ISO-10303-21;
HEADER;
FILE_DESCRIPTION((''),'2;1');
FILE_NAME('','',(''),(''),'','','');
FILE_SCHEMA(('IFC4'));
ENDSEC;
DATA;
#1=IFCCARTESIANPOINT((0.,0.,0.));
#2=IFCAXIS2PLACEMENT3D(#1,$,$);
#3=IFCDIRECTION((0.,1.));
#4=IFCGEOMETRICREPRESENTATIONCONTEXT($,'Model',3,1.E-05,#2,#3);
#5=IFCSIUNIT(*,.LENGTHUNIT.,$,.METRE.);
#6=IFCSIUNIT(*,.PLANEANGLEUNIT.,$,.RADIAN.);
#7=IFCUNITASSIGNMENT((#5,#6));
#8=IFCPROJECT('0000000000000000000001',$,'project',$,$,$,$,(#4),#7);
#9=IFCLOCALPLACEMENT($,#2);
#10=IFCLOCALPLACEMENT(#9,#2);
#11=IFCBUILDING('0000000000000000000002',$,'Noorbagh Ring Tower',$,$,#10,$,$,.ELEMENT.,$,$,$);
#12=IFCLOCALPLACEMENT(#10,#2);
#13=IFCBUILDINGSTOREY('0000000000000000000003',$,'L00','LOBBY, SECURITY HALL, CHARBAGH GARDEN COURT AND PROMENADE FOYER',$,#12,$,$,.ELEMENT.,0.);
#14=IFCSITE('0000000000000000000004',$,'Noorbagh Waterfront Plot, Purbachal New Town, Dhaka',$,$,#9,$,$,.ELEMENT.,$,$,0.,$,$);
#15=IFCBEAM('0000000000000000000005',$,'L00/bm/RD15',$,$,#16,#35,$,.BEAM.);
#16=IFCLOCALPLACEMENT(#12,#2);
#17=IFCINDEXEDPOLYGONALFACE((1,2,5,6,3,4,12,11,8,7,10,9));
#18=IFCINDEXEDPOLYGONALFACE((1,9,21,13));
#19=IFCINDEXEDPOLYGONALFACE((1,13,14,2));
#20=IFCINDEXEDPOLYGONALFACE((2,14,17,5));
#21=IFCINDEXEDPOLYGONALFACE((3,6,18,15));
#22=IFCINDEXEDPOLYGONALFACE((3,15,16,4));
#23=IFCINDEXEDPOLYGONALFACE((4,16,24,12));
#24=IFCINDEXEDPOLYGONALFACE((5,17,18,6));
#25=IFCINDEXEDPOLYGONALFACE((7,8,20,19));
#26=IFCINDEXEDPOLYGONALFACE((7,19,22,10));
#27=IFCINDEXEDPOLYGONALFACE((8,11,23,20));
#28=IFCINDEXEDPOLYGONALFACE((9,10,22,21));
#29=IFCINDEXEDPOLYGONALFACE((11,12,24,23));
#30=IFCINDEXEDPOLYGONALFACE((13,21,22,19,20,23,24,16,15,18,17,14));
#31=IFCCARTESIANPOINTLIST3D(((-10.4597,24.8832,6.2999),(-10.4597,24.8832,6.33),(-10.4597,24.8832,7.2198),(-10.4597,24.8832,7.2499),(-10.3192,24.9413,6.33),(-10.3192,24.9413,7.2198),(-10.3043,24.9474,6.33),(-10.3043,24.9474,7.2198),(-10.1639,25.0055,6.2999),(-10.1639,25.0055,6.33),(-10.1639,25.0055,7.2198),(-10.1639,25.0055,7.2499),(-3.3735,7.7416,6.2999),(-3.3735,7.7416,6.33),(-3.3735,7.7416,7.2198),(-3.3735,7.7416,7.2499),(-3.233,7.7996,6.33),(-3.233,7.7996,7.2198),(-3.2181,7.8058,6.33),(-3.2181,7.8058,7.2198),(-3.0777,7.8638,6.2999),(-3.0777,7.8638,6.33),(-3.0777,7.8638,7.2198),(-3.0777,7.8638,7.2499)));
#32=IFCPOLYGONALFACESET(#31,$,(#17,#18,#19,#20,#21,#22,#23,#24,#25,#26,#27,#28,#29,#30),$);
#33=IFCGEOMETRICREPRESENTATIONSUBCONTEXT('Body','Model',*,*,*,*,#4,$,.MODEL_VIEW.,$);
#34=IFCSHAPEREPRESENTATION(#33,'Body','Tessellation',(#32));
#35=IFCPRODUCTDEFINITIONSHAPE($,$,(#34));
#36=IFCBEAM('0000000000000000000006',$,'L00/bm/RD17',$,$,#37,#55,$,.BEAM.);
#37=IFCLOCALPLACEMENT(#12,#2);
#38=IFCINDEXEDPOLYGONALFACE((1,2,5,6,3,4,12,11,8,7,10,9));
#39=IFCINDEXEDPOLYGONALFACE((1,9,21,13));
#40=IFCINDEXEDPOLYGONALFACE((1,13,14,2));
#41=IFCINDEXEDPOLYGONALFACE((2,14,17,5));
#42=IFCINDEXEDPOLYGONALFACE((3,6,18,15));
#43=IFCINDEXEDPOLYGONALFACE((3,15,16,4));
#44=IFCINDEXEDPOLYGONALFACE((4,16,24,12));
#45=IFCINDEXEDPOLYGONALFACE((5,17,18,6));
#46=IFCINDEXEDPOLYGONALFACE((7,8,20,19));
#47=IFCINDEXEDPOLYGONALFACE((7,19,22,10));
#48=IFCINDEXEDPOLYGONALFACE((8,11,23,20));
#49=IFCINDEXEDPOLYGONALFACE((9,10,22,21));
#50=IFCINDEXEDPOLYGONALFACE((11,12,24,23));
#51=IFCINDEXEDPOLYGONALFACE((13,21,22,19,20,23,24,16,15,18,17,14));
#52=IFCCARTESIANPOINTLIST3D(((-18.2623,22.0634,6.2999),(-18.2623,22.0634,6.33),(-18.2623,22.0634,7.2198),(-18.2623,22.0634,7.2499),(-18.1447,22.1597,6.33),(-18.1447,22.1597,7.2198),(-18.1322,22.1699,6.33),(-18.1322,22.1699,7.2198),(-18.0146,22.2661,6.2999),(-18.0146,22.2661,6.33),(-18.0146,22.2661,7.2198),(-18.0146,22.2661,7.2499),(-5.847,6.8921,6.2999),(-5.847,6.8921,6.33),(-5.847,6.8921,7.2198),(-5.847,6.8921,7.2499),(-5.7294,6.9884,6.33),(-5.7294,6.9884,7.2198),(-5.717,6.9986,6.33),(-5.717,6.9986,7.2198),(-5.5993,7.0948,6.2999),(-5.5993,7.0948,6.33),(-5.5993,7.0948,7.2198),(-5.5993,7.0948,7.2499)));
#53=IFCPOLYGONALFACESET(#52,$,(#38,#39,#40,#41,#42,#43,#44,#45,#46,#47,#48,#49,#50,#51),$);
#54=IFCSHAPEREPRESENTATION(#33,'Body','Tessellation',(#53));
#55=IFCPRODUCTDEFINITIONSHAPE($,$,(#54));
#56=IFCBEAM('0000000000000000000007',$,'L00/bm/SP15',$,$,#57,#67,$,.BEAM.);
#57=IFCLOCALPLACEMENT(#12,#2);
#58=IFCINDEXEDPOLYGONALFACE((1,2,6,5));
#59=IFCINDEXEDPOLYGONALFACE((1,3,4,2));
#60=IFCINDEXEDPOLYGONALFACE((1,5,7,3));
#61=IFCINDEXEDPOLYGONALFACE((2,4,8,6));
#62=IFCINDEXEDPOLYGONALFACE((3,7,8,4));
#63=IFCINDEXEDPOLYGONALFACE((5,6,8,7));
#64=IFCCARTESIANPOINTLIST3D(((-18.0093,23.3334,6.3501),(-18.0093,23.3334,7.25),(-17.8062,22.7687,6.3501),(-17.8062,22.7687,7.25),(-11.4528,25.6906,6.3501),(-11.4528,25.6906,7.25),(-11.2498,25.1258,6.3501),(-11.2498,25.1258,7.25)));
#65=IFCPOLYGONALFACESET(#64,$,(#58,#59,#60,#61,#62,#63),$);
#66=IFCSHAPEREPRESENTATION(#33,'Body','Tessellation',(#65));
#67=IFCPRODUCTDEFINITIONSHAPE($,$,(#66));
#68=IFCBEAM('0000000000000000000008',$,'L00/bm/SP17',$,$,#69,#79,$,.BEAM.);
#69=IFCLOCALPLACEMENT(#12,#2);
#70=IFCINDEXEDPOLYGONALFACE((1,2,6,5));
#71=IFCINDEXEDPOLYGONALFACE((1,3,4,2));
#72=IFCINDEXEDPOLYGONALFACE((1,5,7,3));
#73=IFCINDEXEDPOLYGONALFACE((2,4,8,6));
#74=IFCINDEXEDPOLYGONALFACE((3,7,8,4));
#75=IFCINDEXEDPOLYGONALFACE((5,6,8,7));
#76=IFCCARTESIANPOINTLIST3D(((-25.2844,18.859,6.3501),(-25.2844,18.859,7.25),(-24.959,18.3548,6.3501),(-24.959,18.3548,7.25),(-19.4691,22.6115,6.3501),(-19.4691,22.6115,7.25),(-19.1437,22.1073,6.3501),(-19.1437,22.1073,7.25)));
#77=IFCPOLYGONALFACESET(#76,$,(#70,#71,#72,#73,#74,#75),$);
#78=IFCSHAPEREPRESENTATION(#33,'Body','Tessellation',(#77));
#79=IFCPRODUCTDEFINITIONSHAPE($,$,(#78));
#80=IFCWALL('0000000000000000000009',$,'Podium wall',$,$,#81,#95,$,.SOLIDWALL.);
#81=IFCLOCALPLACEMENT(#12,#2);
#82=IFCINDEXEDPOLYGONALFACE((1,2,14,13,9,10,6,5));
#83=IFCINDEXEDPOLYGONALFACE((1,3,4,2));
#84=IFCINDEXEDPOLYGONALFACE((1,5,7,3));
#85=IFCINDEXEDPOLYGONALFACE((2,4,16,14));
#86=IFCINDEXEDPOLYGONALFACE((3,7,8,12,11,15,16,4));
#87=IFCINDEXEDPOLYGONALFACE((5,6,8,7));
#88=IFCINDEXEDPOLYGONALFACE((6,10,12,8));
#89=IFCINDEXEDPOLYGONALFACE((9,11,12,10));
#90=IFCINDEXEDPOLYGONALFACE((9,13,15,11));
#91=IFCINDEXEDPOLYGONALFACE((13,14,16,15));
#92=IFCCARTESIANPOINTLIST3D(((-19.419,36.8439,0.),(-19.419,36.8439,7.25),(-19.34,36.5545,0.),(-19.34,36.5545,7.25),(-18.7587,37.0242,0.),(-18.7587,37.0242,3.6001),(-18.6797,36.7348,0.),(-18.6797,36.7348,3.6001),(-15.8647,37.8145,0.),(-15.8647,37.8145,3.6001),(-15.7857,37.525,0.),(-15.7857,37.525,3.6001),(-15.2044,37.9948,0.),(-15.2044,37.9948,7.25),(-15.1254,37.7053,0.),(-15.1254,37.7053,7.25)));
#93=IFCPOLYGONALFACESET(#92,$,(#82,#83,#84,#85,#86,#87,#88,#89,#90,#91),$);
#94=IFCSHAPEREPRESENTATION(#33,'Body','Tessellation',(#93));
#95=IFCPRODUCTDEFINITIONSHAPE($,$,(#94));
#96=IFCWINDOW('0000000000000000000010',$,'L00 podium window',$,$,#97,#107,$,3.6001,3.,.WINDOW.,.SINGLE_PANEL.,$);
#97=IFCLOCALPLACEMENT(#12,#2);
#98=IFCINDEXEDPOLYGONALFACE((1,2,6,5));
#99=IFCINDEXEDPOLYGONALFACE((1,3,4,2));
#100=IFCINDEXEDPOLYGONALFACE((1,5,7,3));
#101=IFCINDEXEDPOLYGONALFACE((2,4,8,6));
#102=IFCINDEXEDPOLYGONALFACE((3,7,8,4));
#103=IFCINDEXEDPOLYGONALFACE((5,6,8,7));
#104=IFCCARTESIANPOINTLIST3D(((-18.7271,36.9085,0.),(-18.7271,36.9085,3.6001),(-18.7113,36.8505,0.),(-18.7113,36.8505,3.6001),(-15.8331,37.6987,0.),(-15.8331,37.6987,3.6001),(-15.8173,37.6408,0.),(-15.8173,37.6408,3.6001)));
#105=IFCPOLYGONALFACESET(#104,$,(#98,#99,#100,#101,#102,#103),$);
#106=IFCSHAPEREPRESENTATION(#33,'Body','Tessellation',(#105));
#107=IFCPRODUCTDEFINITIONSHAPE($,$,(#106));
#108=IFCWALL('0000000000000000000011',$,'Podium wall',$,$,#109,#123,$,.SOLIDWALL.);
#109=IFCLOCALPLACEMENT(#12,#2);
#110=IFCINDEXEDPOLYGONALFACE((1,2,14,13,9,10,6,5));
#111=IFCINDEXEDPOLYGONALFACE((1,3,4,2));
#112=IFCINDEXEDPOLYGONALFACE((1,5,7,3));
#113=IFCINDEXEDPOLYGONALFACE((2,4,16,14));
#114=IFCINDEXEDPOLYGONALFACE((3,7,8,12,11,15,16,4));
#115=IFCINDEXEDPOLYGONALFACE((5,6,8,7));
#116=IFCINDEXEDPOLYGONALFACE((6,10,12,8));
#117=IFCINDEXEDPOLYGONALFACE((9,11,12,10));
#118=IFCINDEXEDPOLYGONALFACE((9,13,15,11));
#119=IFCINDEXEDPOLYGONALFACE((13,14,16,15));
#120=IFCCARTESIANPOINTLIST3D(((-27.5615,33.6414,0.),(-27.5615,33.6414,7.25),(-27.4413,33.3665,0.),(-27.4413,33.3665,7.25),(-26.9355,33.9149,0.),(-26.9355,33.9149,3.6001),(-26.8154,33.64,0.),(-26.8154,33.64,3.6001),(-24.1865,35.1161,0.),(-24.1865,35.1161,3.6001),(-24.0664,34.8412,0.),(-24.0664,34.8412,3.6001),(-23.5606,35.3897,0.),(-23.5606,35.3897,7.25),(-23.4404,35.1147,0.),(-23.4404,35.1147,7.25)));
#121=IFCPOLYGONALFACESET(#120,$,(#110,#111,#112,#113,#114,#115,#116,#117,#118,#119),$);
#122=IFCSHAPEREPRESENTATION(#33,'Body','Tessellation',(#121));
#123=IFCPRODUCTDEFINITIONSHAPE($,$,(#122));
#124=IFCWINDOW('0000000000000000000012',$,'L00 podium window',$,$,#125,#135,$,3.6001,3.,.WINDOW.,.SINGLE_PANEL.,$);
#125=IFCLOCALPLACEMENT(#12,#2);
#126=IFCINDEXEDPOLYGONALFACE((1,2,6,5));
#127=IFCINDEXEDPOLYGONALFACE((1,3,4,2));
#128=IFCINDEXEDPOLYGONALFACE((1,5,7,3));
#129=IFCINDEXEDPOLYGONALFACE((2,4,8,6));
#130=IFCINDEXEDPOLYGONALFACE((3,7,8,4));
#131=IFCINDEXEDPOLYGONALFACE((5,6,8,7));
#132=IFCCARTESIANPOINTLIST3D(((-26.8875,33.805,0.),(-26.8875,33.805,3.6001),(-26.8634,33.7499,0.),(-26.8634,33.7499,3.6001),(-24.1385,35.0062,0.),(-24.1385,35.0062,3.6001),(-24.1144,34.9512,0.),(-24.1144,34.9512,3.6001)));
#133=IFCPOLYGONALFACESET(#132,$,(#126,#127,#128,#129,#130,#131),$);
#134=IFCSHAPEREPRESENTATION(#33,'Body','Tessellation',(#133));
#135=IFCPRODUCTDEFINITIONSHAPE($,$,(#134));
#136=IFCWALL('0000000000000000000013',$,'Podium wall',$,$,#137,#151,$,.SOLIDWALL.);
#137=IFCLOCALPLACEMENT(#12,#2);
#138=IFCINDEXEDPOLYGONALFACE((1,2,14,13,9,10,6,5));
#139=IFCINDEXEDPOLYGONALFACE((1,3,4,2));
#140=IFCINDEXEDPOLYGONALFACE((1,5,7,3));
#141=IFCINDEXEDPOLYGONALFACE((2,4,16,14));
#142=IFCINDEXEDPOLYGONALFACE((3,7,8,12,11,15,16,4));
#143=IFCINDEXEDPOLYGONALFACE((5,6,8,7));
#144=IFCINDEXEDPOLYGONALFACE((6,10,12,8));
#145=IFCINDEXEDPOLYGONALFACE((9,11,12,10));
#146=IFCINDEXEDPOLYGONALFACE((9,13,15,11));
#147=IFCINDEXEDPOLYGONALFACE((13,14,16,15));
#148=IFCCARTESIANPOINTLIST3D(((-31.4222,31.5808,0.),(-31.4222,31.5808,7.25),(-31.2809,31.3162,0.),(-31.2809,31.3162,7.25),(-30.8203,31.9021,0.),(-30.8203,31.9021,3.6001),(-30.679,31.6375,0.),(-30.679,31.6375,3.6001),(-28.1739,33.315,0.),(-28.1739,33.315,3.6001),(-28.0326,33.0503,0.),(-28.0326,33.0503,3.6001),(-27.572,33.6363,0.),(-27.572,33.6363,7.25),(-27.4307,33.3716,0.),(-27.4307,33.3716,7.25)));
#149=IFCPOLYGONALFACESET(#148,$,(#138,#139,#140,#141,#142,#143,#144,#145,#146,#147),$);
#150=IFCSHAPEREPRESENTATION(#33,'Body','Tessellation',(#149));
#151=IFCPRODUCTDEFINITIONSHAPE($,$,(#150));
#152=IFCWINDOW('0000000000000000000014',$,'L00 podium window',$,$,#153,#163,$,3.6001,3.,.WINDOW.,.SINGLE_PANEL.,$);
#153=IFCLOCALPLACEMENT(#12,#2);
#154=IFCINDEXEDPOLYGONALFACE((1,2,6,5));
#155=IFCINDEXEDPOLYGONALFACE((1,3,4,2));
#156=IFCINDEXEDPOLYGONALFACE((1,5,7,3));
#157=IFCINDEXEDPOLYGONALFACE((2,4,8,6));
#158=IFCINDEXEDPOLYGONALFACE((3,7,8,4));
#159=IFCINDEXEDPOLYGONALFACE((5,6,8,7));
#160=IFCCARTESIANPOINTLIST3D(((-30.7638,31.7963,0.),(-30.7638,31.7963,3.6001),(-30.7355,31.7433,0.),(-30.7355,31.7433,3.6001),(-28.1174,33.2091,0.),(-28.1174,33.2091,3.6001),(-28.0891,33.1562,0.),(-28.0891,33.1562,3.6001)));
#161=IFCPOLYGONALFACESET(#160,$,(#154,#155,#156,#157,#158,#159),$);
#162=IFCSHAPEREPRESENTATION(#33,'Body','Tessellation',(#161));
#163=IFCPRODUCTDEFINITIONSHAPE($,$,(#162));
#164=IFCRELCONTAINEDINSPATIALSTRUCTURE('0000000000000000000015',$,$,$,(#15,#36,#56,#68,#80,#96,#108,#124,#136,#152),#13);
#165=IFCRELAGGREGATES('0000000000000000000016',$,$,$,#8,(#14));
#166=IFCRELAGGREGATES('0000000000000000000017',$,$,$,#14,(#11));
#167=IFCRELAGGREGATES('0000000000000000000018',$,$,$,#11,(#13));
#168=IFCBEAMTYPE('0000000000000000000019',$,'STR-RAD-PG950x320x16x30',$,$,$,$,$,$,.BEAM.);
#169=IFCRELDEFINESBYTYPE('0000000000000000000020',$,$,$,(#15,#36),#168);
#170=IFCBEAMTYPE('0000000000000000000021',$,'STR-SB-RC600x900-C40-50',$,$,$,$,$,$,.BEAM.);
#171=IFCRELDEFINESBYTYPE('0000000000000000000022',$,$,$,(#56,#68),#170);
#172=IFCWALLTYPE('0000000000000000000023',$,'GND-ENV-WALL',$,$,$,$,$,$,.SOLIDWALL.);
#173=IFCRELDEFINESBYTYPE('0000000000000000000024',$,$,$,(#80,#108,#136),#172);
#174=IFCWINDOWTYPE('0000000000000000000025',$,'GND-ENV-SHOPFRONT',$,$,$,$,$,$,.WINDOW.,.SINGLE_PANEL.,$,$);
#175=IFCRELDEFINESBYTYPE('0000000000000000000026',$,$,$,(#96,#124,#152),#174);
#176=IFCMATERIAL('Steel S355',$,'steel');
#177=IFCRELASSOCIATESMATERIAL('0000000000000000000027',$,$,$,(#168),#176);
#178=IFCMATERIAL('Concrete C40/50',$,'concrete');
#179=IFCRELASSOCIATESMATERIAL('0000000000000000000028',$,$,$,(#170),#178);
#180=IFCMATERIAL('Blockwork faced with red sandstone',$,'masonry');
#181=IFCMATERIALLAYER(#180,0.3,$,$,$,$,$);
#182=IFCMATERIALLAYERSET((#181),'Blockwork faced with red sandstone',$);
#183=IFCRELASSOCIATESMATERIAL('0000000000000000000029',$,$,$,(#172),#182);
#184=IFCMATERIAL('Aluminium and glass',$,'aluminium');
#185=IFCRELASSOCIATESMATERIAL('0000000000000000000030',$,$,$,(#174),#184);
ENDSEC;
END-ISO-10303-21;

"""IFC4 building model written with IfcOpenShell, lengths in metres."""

from ifc_helpers import new_model, si_unit, direction, frame, frame_2d, origin, origin_2d, place, context, subcontext, project, spatial, rectangle, i_section, extrude, material, layer, layer_set, material_profile, profile_set, type_object, element, fill, save


model = new_model("IFC4")

# Units and contexts
model_context = context("Model", 3, precision=1e-05, world=origin(), true_north=direction((0.0, 1.0)))
body_context = subcontext(model_context, "Body", "Model", "MODEL_VIEW")
ifc_project = project(units=[si_unit("LENGTHUNIT", "METRE"), si_unit("PLANEANGLEUNIT", "RADIAN")], contexts=[model_context])

# Site, building, storey
site_placement = place(None, origin())
site = spatial("IfcSite", under=ifc_project, at=site_placement, Name="Noorbagh Waterfront Plot, Purbachal New Town, Dhaka", CompositionType="ELEMENT", RefElevation=0.0)
building_placement = place(site_placement, origin())
building = spatial("IfcBuilding", under=site, at=building_placement, Name="Noorbagh Ring Tower", CompositionType="ELEMENT")
storey_placement = place(building_placement, origin())
storey = spatial("IfcBuildingStorey", under=building, at=storey_placement, Name="L00", Description="LOBBY, SECURITY HALL, CHARBAGH GARDEN COURT AND PROMENADE FOYER", CompositionType="ELEMENT", Elevation=0.0)

# Beams
ifc_material_1 = material(Name="Steel S355", Category="steel")
ifc_material_profile_1 = material_profile(ifc_material_1, i_section(OverallWidth=0.3201, OverallDepth=0.95, WebThickness=0.0161, FlangeThickness=0.03, at=origin_2d()), Name="PG950x320x16x30")
ifc_profile_set_1 = profile_set([ifc_material_profile_1], Name="Steel S355")
beam_type_1 = type_object("IfcBeamType", Name="STR-RAD-PG950x320x16x30", PredefinedType="BEAM", material=ifc_profile_set_1)
beam_1_placement = place(storey_placement, frame((-10.3118, 24.9443, 6.7749), z_axis=(0.382034, -0.924148, 0.0), x_axis=(0.924148, 0.382034, 0.0)))
element("IfcBeam", 1, at=beam_1_placement, inside=storey, type_object=beam_type_1, Name="L00/bm/RD15", PredefinedType="BEAM", context=body_context, shape_type="SweptSolid", body=[
    extrude(i_section(OverallWidth=0.3201, OverallDepth=0.95, WebThickness=0.0161, FlangeThickness=0.03, at=origin_2d()), origin(), (0.0, 0.0, 1.0), 18.5486),
])
beam_2_placement = place(storey_placement, frame((-18.1384, 22.1648, 6.7749), z_axis=(0.633309, -0.773899, 0.0), x_axis=(0.773899, 0.633309, 0.0)))
element("IfcBeam", 2, at=beam_2_placement, inside=storey, type_object=beam_type_1, Name="L00/bm/RD17", PredefinedType="BEAM", context=body_context, shape_type="SweptSolid", body=[
    extrude(i_section(OverallWidth=0.3201, OverallDepth=0.95, WebThickness=0.0161, FlangeThickness=0.03, at=origin_2d()), origin(), (0.0, 0.0, 1.0), 19.6038),
])
ifc_material_2 = material(Name="Concrete C40/50", Category="concrete")
ifc_material_profile_2 = material_profile(ifc_material_2, rectangle(XDim=0.6001, YDim=0.8999, at=origin_2d()), Name="RC600x900")
ifc_profile_set_2 = profile_set([ifc_material_profile_2], Name="Concrete C40/50")
beam_type_2 = type_object("IfcBeamType", Name="STR-SB-RC600x900-C40-50", PredefinedType="BEAM", material=ifc_profile_set_2)
beam_3_placement = place(storey_placement, frame((-11.3513, 25.4082, 6.8), z_axis=(-0.94103, -0.338322, 0.0), x_axis=(0.338322, -0.94103, 0.0)))
element("IfcBeam", 3, at=beam_3_placement, inside=storey, type_object=beam_type_2, Name="L00/bm/SP15", PredefinedType="BEAM", context=body_context, shape_type="SweptSolid", body=[
    extrude(rectangle(XDim=0.6001, YDim=0.8999, at=origin_2d()), origin(), (0.0, 0.0, 1.0), 6.9673),
])
beam_4_placement = place(storey_placement, frame((-19.3064, 22.3594, 6.8), z_axis=(-0.84025, -0.542199, 0.0), x_axis=(0.542199, -0.84025, 0.0)))
element("IfcBeam", 4, at=beam_4_placement, inside=storey, type_object=beam_type_2, Name="L00/bm/SP17", PredefinedType="BEAM", context=body_context, shape_type="SweptSolid", body=[
    extrude(rectangle(XDim=0.6001, YDim=0.8999, at=origin_2d()), origin(), (0.0, 0.0, 1.0), 6.9209),
])

# Shared definitions
ifc_material_3 = material(Name="Blockwork faced with red sandstone", Category="masonry")
ifc_layer_1 = layer(ifc_material_3, 0.3)
ifc_layer_set_1 = layer_set([ifc_layer_1], Name="Blockwork faced with red sandstone")
wall_type = type_object("IfcWallType", Name="GND-ENV-WALL", PredefinedType="SOLIDWALL", material=ifc_layer_set_1)

# Wall, opening, window
wall_1_placement = place(storey_placement, frame((-15.1648, 37.8501, 0.0), z_axis=(0.0, 0.0, 1.0), x_axis=(-0.96468, -0.263425, 0.0)))
wall_1 = element("IfcWall", 5, at=wall_1_placement, inside=storey, type_object=wall_type, Name="Podium wall", PredefinedType="SOLIDWALL", context=body_context, shape_type="SweptSolid", body=[
    extrude(rectangle(XDim=4.3689, YDim=0.3, at=frame_2d((2.1846, 0.0))), origin(), (0.0, 0.0, 1.0), 7.25),
])
opening_1_placement = place(wall_1_placement, frame((0.6846, 0.0, 0.0)))
opening_1 = element("IfcOpeningElement", 6, at=opening_1_placement, cuts=wall_1, PredefinedType="OPENING", context=body_context, shape_type="SweptSolid", body=[
    extrude(rectangle(XDim=3.0, YDim=3.6001, at=frame_2d((1.5, 1.8))), frame((0.0, 0.1602, 0.0), z_axis=(0.0, -1.0, 0.0), x_axis=(1.0, 0.0, 0.0)), (0.0, 0.0, 1.0), 0.3201),
])
ifc_material_4 = material(Name="Aluminium and glass", Category="aluminium")
window_type = type_object("IfcWindowType", Name="GND-ENV-SHOPFRONT", PartitioningType="SINGLE_PANEL", PredefinedType="WINDOW", material=ifc_material_4)
window_1_placement = place(opening_1_placement, origin())
window_1 = element("IfcWindow", 7, at=window_1_placement, inside=storey, type_object=window_type, Name="L00 podium window", OverallHeight=3.6001, OverallWidth=3.0, PartitioningType="SINGLE_PANEL", PredefinedType="WINDOW", context=body_context, shape_type="SweptSolid", body=[
    extrude(rectangle(XDim=3.0, YDim=3.6001, at=frame_2d((1.5, 1.8))), frame((0.0, 0.03, 0.0), z_axis=(0.0, -1.0, 0.0), x_axis=(1.0, 0.0, 0.0)), (0.0, 0.0, 1.0), 0.0601),
])
fill(opening_1, window_1)

# Walls, openings, windows
wall_2_placement = place(storey_placement, frame((-23.5005, 35.2522, 0.0), z_axis=(0.0, 0.0, 1.0), x_axis=(-0.916337, -0.400408, 0.0)))
wall_2 = element("IfcWall", 8, at=wall_2_placement, inside=storey, type_object=wall_type, Name="Podium wall", PredefinedType="SOLIDWALL", context=body_context, shape_type="SweptSolid", body=[
    extrude(rectangle(XDim=4.3662, YDim=0.3, at=frame_2d((2.1831, 0.0))), origin(), (0.0, 0.0, 1.0), 7.25),
])
opening_2_placement = place(wall_2_placement, frame((0.6831, 0.0, 0.0)))
opening_2 = element("IfcOpeningElement", 9, at=opening_2_placement, cuts=wall_2, PredefinedType="OPENING", context=body_context, shape_type="SweptSolid", body=[
    extrude(rectangle(XDim=3.0, YDim=3.6001, at=frame_2d((1.5, 1.8))), frame((0.0, 0.1602, 0.0), z_axis=(0.0, -1.0, 0.0), x_axis=(1.0, 0.0, 0.0)), (0.0, 0.0, 1.0), 0.3201),
])
window_2_placement = place(opening_2_placement, origin())
window_2 = element("IfcWindow", 10, at=window_2_placement, inside=storey, type_object=window_type, Name="L00 podium window", OverallHeight=3.6001, OverallWidth=3.0, PartitioningType="SINGLE_PANEL", PredefinedType="WINDOW", context=body_context, shape_type="SweptSolid", body=[
    extrude(rectangle(XDim=3.0, YDim=3.6001, at=frame_2d((1.5, 1.8))), frame((0.0, 0.03, 0.0), z_axis=(0.0, -1.0, 0.0), x_axis=(1.0, 0.0, 0.0)), (0.0, 0.0, 1.0), 0.0601),
])
fill(opening_2, window_2)
wall_3_placement = place(storey_placement, frame((-27.5015, 33.5039, 0.0), z_axis=(0.0, 0.0, 1.0), x_axis=(-0.882159, -0.470951, 0.0)))
wall_3 = element("IfcWall", 11, at=wall_3_placement, inside=storey, type_object=wall_type, Name="Podium wall", PredefinedType="SOLIDWALL", context=body_context, shape_type="SweptSolid", body=[
    extrude(rectangle(XDim=4.3645, YDim=0.3, at=frame_2d((2.1821, 0.0))), origin(), (0.0, 0.0, 1.0), 7.25),
])
opening_3_placement = place(wall_3_placement, frame((0.6821, 0.0, 0.0)))
opening_3 = element("IfcOpeningElement", 12, at=opening_3_placement, cuts=wall_3, PredefinedType="OPENING", context=body_context, shape_type="SweptSolid", body=[
    extrude(rectangle(XDim=3.0, YDim=3.6001, at=frame_2d((1.5, 1.8))), frame((0.0, 0.1602, 0.0), z_axis=(0.0, -1.0, 0.0), x_axis=(1.0, 0.0, 0.0)), (0.0, 0.0, 1.0), 0.3201),
])
window_3_placement = place(opening_3_placement, origin())
window_3 = element("IfcWindow", 13, at=window_3_placement, inside=storey, type_object=window_type, Name="L00 podium window", OverallHeight=3.6001, OverallWidth=3.0, PartitioningType="SINGLE_PANEL", PredefinedType="WINDOW", context=body_context, shape_type="SweptSolid", body=[
    extrude(rectangle(XDim=3.0, YDim=3.6001, at=frame_2d((1.5, 1.8))), frame((0.0, 0.03, 0.0), z_axis=(0.0, -1.0, 0.0), x_axis=(1.0, 0.0, 0.0)), (0.0, 0.0, 1.0), 0.0601),
])
fill(opening_3, window_3)

save(model, "model.ifc")
